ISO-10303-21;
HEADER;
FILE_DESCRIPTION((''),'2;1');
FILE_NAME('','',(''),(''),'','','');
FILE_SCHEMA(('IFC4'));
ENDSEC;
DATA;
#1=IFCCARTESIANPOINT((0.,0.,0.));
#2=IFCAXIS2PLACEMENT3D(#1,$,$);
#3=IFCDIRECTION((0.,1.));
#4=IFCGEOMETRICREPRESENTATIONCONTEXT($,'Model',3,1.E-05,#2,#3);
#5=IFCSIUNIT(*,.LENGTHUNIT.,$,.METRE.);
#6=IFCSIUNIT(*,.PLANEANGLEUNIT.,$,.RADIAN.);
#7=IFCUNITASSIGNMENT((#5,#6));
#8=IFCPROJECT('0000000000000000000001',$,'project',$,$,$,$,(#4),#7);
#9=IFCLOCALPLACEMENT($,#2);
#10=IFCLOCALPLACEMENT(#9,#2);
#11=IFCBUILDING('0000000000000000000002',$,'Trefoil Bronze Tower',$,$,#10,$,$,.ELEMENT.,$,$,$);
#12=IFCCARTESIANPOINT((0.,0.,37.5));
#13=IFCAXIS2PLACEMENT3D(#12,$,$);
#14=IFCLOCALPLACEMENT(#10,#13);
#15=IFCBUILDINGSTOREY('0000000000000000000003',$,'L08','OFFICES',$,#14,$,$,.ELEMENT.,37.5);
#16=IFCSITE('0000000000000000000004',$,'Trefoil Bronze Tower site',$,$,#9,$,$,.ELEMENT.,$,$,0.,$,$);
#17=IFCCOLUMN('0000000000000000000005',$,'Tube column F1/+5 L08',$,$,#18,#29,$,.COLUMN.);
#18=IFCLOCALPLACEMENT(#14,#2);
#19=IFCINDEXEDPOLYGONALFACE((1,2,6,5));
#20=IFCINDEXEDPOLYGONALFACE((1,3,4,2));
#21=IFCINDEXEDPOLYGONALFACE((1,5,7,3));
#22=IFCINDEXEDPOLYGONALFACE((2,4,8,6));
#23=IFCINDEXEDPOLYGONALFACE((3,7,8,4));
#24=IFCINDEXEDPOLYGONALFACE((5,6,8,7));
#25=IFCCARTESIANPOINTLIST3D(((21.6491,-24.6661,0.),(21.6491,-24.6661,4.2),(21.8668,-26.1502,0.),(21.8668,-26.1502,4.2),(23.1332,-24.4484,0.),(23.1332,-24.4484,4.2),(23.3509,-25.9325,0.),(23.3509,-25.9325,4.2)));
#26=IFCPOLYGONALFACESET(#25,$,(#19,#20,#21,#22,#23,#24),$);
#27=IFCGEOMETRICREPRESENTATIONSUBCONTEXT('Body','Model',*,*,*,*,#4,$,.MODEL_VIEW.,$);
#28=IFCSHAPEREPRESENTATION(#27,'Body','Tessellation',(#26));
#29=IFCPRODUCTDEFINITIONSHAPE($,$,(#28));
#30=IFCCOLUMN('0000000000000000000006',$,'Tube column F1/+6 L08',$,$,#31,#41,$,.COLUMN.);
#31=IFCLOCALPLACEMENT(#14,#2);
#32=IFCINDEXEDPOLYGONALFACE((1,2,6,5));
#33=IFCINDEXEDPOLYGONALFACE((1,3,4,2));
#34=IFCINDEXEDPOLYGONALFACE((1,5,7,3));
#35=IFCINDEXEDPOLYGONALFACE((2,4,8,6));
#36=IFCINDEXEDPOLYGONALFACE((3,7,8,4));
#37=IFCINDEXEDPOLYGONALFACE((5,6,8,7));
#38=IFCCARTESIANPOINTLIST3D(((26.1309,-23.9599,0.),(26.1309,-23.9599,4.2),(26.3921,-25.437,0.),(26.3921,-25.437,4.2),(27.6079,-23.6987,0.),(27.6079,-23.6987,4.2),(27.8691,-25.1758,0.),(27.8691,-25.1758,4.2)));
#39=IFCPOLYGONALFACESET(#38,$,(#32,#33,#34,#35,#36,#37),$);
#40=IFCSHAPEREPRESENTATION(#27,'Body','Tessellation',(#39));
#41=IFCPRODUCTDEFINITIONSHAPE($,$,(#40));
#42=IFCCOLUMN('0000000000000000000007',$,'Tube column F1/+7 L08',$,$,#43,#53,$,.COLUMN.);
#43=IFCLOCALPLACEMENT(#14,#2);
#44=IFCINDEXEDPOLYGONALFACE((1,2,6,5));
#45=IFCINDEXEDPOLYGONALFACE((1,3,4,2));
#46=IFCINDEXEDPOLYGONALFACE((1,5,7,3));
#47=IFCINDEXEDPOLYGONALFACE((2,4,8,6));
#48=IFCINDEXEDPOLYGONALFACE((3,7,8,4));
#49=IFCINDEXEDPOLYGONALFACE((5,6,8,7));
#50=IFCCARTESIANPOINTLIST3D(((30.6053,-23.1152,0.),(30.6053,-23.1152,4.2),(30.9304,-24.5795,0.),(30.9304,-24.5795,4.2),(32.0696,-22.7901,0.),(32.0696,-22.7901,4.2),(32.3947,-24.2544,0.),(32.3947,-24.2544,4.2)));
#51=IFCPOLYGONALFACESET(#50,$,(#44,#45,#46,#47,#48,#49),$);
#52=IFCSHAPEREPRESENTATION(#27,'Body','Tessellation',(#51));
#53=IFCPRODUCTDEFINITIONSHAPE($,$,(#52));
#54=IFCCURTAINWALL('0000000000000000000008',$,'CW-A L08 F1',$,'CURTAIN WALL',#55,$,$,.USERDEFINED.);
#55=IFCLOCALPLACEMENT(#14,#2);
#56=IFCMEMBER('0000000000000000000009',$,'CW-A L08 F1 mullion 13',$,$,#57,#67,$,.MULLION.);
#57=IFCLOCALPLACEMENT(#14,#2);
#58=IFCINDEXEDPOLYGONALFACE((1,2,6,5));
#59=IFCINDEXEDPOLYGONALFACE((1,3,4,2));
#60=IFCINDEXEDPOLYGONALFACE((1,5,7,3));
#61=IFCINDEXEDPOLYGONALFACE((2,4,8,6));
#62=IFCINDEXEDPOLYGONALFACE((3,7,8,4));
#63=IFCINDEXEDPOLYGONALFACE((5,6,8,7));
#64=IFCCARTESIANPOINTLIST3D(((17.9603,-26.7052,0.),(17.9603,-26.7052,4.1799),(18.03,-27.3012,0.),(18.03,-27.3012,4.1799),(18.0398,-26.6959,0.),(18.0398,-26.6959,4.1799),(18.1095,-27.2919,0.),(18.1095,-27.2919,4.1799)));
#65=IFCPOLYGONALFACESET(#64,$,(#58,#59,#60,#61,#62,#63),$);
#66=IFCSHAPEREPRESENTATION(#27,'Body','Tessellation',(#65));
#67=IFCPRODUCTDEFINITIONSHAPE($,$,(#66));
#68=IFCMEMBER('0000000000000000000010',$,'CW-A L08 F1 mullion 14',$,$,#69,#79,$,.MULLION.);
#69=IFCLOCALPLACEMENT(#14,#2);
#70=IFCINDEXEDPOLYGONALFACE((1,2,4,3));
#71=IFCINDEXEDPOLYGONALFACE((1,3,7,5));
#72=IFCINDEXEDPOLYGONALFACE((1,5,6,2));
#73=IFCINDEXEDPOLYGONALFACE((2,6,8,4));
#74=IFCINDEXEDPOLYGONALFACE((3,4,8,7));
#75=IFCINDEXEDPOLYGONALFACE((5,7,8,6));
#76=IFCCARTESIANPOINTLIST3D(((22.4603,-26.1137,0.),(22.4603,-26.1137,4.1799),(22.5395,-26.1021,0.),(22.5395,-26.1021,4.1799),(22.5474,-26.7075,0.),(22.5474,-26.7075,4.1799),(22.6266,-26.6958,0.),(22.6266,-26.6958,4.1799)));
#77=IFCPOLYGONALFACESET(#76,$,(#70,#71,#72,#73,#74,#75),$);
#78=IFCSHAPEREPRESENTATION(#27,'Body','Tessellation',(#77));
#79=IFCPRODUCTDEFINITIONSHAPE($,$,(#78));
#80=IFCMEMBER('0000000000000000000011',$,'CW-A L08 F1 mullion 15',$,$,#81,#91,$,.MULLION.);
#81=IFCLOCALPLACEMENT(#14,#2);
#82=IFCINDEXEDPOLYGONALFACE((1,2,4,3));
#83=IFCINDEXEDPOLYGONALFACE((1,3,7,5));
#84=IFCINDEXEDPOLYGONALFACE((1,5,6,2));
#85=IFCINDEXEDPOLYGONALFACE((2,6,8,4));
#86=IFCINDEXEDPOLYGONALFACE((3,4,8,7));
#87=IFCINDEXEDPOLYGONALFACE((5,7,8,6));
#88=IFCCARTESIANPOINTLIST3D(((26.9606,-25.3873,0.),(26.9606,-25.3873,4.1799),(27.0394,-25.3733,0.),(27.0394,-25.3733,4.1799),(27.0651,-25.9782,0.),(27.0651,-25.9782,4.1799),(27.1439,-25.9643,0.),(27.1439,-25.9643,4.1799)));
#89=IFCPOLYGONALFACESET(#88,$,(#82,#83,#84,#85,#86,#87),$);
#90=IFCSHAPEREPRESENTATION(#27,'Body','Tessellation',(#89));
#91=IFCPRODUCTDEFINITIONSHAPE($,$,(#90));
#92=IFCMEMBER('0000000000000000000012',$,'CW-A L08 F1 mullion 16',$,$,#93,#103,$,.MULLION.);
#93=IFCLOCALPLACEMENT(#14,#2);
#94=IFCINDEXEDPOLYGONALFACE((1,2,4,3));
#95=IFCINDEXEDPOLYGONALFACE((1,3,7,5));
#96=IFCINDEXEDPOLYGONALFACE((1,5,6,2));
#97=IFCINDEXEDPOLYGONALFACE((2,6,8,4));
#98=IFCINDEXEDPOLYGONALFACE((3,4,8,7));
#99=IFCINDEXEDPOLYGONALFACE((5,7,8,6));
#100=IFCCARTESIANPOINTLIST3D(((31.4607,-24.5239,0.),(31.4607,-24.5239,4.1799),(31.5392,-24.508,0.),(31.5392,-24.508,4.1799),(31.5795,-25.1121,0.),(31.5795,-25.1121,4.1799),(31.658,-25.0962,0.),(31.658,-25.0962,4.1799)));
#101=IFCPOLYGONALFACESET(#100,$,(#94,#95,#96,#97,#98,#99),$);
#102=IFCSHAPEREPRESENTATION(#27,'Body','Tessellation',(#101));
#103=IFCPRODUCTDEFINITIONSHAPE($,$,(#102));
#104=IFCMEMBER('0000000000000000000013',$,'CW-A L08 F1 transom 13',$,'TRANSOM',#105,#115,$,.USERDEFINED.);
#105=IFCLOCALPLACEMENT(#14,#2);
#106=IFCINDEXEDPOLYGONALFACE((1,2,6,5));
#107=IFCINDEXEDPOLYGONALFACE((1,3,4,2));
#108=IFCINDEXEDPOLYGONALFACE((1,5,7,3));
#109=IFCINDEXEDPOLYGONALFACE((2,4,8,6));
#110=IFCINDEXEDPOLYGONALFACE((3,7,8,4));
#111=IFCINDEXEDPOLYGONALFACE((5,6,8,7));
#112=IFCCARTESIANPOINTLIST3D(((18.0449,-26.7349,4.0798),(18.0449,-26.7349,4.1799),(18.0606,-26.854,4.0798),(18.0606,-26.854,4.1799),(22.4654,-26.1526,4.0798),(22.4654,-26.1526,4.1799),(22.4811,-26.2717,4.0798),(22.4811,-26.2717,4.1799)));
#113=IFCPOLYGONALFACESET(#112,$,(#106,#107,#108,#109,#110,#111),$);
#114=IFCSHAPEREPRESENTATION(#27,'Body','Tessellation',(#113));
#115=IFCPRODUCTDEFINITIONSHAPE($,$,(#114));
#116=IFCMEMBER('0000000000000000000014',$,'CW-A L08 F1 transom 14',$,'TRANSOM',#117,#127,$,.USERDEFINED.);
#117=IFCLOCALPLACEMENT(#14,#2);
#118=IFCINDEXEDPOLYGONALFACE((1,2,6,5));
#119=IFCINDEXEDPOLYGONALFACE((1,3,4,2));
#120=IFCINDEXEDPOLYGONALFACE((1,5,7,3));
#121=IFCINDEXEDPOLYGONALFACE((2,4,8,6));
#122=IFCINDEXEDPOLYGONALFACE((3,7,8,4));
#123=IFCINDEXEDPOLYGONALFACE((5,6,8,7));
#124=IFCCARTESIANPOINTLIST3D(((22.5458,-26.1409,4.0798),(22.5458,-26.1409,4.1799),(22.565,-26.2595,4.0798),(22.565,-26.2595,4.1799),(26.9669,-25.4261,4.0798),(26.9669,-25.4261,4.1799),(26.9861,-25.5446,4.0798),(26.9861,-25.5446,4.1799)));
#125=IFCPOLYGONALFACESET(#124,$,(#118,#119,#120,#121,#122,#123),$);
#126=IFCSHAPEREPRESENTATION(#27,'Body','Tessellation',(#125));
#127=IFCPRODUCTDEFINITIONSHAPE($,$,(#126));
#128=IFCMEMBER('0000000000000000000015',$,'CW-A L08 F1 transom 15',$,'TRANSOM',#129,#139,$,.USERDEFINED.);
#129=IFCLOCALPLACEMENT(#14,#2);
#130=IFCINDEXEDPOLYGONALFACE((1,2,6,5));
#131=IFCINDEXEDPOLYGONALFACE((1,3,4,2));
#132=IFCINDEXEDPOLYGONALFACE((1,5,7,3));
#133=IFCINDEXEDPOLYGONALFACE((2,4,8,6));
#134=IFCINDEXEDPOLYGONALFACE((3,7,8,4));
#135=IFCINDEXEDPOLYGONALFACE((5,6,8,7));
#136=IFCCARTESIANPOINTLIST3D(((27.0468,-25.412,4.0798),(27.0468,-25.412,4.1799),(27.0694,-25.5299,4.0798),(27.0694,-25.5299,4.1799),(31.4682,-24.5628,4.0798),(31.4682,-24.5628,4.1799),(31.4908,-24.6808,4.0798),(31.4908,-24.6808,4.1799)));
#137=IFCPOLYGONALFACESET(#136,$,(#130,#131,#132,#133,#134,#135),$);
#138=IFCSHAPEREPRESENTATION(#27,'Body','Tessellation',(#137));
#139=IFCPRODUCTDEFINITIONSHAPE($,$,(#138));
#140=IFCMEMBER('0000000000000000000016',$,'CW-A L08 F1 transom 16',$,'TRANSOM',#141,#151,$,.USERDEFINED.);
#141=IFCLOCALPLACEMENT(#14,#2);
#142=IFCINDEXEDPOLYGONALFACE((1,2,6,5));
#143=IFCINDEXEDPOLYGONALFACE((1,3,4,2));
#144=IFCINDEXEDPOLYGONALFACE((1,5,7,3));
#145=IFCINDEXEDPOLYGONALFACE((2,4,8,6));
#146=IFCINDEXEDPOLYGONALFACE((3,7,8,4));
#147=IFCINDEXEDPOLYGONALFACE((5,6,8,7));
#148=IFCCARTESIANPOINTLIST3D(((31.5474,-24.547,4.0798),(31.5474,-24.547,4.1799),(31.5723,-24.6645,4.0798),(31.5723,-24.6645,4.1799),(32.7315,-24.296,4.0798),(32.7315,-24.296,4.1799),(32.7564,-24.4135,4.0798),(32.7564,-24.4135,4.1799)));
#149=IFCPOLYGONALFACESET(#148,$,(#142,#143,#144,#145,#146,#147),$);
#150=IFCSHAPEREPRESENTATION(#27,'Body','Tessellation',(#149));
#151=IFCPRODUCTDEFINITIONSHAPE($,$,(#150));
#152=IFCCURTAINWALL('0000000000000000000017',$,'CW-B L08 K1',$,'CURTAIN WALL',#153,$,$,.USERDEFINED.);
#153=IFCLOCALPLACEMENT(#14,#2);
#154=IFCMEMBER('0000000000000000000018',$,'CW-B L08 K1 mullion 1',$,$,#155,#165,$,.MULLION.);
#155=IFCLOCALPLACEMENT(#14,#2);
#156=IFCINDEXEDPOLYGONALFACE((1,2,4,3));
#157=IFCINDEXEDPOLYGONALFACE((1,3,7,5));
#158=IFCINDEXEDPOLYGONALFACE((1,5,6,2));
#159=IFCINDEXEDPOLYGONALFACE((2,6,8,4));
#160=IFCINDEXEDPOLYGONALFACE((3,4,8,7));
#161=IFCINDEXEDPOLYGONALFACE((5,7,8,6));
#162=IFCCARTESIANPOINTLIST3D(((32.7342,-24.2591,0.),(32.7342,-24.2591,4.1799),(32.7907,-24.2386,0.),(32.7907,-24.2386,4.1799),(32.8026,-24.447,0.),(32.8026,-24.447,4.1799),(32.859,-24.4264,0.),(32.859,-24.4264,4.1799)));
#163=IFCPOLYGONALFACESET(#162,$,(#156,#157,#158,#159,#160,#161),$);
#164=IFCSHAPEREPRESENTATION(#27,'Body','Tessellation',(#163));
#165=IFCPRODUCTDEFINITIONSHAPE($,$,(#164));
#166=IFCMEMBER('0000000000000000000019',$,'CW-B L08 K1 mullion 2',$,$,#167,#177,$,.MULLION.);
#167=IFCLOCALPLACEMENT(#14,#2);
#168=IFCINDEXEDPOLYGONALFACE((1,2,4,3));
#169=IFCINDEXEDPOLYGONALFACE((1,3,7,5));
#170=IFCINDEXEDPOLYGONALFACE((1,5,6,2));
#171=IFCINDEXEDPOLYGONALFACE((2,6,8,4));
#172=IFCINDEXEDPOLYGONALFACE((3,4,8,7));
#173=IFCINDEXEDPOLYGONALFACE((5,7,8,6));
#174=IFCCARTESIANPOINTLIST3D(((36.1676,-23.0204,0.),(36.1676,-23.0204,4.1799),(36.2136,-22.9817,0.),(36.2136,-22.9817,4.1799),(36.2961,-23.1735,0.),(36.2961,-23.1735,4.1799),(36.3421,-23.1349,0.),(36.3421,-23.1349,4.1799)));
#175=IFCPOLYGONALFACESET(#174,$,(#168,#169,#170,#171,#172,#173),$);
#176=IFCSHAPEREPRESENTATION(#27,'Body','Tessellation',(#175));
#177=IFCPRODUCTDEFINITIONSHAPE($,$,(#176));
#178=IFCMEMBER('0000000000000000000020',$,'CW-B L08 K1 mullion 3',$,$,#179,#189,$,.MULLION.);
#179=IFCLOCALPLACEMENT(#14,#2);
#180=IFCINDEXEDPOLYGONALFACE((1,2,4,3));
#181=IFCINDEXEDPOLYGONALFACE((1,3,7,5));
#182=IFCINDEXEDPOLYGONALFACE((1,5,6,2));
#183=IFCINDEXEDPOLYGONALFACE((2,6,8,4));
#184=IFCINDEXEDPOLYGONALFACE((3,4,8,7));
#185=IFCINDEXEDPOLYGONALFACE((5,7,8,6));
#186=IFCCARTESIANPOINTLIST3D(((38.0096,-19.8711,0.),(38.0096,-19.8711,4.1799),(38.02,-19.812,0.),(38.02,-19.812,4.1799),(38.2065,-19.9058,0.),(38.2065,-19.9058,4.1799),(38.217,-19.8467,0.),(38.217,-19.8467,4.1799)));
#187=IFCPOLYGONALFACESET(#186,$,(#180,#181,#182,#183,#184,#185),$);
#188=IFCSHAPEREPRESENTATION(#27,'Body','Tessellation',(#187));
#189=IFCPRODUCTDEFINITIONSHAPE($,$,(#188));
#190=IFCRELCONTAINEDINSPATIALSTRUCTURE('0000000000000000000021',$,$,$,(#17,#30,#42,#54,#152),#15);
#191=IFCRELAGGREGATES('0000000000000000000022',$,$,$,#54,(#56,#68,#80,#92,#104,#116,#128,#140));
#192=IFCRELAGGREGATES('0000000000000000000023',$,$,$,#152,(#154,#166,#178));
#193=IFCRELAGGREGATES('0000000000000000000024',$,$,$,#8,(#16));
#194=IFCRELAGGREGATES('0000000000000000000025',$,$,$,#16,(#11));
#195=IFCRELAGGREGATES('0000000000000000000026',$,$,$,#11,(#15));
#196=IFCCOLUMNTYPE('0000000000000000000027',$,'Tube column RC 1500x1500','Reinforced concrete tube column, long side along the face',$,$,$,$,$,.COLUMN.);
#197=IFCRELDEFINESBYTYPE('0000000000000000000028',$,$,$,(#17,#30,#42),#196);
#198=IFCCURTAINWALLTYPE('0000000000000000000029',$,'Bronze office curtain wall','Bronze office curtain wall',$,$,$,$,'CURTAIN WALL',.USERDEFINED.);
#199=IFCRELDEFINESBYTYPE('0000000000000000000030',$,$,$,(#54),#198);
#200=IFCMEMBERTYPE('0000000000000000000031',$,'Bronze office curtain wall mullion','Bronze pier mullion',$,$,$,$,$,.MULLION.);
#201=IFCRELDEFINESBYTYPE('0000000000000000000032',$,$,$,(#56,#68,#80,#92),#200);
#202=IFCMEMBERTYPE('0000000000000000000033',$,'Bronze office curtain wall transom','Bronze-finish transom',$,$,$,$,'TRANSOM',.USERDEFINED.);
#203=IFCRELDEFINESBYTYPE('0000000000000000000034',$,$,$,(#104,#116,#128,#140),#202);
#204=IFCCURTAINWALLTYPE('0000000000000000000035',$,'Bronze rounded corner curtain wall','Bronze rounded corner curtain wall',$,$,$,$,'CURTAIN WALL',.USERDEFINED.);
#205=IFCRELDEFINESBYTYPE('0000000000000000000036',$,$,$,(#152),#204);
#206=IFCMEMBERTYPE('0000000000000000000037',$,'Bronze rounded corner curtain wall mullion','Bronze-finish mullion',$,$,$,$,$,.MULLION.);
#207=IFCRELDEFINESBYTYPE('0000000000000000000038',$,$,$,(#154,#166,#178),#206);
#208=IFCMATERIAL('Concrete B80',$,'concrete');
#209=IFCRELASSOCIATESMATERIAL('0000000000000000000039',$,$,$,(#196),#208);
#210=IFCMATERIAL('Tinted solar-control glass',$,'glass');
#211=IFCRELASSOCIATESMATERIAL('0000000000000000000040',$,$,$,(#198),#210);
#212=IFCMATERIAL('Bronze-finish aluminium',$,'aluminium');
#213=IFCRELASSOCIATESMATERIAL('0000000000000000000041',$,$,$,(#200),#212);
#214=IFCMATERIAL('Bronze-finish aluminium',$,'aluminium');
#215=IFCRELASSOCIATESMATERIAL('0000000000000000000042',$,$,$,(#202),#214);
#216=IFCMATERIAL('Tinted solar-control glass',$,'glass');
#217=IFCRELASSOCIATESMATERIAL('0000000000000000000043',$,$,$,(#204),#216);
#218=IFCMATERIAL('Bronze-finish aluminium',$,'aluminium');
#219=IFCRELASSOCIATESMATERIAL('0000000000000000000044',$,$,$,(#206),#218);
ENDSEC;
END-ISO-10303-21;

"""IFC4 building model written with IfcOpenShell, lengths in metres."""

from ifc_helpers import new_model, si_unit, direction, frame, origin, origin_2d, place, context, subcontext, project, spatial, rectangle, extrude, material, material_profile, profile_set, type_object, element, aggregate, save


model = new_model("IFC4")

# Units and contexts
model_context = context("Model", 3, precision=1e-05, world=origin(), true_north=direction((0.0, 1.0)))
body_context = subcontext(model_context, "Body", "Model", "MODEL_VIEW")
ifc_project = project(units=[si_unit("LENGTHUNIT", "METRE"), si_unit("PLANEANGLEUNIT", "RADIAN")], contexts=[model_context])

# Site, building, storey
site_placement = place(None, origin())
site = spatial("IfcSite", under=ifc_project, at=site_placement, Name="Trefoil Bronze Tower site", CompositionType="ELEMENT", RefElevation=0.0)
building_placement = place(site_placement, origin())
building = spatial("IfcBuilding", under=site, at=building_placement, Name="Trefoil Bronze Tower", CompositionType="ELEMENT")
storey_placement = place(building_placement, frame((0.0, 0.0, 37.5)))
storey = spatial("IfcBuildingStorey", under=building, at=storey_placement, Name="L08", Description="OFFICES", CompositionType="ELEMENT", Elevation=37.5)

# Columns
ifc_material_1 = material(Name="Concrete B80", Category="concrete")
ifc_material_profile_1 = material_profile(ifc_material_1, rectangle(XDim=1.5, YDim=1.5, at=origin_2d()), Name="RC 1500x1500")
ifc_profile_set_1 = profile_set([ifc_material_profile_1], Name="Concrete B80")
column_type = type_object("IfcColumnType", Name="Tube column RC 1500x1500", Description="Reinforced concrete tube column, long side along the face", PredefinedType="COLUMN", material=ifc_profile_set_1)
for number, where, z_axis, x_axis, name in (
    (1, (22.5, -25.2993, 0.0), (0.0, 0.0, 1.0), (0.989416, 0.145109, 0.0), "Tube column F1/+5 L08"),
    (2, (27.0, -24.5679, 0.0), (0.0, 0.0, 1.0), (0.984722, 0.174131, 0.0), "Tube column F1/+6 L08"),
    (3, (31.5, -23.6848, 0.0), (0.0, 0.0, 1.0), (0.97623, 0.216739, 0.0), "Tube column F1/+7 L08"),
):
    element("IfcColumn", number, at=place(storey_placement, frame(where, z_axis=z_axis, x_axis=x_axis)), inside=storey, type_object=column_type, Name=name, PredefinedType="COLUMN", context=body_context, shape_type="SweptSolid", body=[
        extrude(rectangle(XDim=1.5, YDim=1.5, at=origin_2d()), origin(), (0.0, 0.0, 1.0), 4.2),
    ])

# Curtain walls, members
ifc_material_2 = material(Name="Tinted solar-control glass", Category="glass")
curtain_wall_type_1 = type_object("IfcCurtainWallType", Name="Bronze office curtain wall", Description="Bronze office curtain wall", ElementType="CURTAIN WALL", PredefinedType="USERDEFINED", material=ifc_material_2)
curtain_wall_1_placement = place(storey_placement, origin())
curtain_wall_1 = element("IfcCurtainWall", 4, at=curtain_wall_1_placement, inside=storey, type_object=curtain_wall_type_1, Name="CW-A L08 F1", ObjectType="CURTAIN WALL", PredefinedType="USERDEFINED")
ifc_material_3 = material(Name="Bronze-finish aluminium", Category="aluminium")
ifc_material_profile_2 = material_profile(ifc_material_3, rectangle(XDim=0.6001, YDim=0.0801, at=origin_2d()), Name="CW-A mullion")
ifc_profile_set_2 = profile_set([ifc_material_profile_2], Name="Bronze-finish aluminium")
member_type_1 = type_object("IfcMemberType", Name="Bronze office curtain wall mullion", Description="Bronze pier mullion", PredefinedType="MULLION", material=ifc_profile_set_2)
member_1_placement = place(storey_placement, frame((18.0349, -26.9985, 0.0), z_axis=(0.0, 0.0, 1.0), x_axis=(-0.116087, 0.993239, 0.0)))
member_1 = element("IfcMember", 5, at=member_1_placement, type_object=member_type_1, Name="CW-A L08 F1 mullion 13", PredefinedType="MULLION", context=body_context, shape_type="SweptSolid", body=[
    extrude(rectangle(XDim=0.6001, YDim=0.0801, at=origin_2d()), origin(), (0.0, 0.0, 1.0), 4.1799),
])
member_2_placement = place(storey_placement, frame((22.5435, -26.4048, 0.0), z_axis=(0.0, 0.0, 1.0), x_axis=(-0.145109, 0.989416, 0.0)))
member_2 = element("IfcMember", 6, at=member_2_placement, type_object=member_type_1, Name="CW-A L08 F1 mullion 14", PredefinedType="MULLION", context=body_context, shape_type="SweptSolid", body=[
    extrude(rectangle(XDim=0.6001, YDim=0.0801, at=origin_2d()), origin(), (0.0, 0.0, 1.0), 4.1799),
])
member_3_placement = place(storey_placement, frame((27.0522, -25.6758, 0.0), z_axis=(0.0, 0.0, 1.0), x_axis=(-0.174131, 0.984722, 0.0)))
member_3 = element("IfcMember", 7, at=member_3_placement, type_object=member_type_1, Name="CW-A L08 F1 mullion 15", PredefinedType="MULLION", context=body_context, shape_type="SweptSolid", body=[
    extrude(rectangle(XDim=0.6001, YDim=0.0801, at=origin_2d()), origin(), (0.0, 0.0, 1.0), 4.1799),
])
member_4_placement = place(storey_placement, frame((31.5593, -24.8101, 0.0), z_axis=(0.0, 0.0, 1.0), x_axis=(-0.19791, 0.98022, 0.0)))
member_4 = element("IfcMember", 8, at=member_4_placement, type_object=member_type_1, Name="CW-A L08 F1 mullion 16", PredefinedType="MULLION", context=body_context, shape_type="SweptSolid", body=[
    extrude(rectangle(XDim=0.6001, YDim=0.0801, at=origin_2d()), origin(), (0.0, 0.0, 1.0), 4.1799),
])
ifc_material_4 = material(Name="Bronze-finish aluminium", Category="aluminium")
ifc_material_profile_3 = material_profile(ifc_material_4, rectangle(XDim=0.1201, YDim=0.1001, at=origin_2d()), Name="CW-A transom")
ifc_profile_set_3 = profile_set([ifc_material_profile_3], Name="Bronze-finish aluminium")
member_type_2 = type_object("IfcMemberType", Name="Bronze office curtain wall transom", Description="Bronze-finish transom", ElementType="TRANSOM", PredefinedType="USERDEFINED", material=ifc_profile_set_3)
member_5_placement = place(storey_placement, frame((18.0527, -26.7944, 4.1299), z_axis=(0.991437, 0.130589, 0.0), x_axis=(-0.130589, 0.991437, 0.0)))
member_5 = element("IfcMember", 9, at=member_5_placement, type_object=member_type_2, Name="CW-A L08 F1 transom 13", ObjectType="TRANSOM", PredefinedType="USERDEFINED", context=body_context, shape_type="SweptSolid", body=[
    extrude(rectangle(XDim=0.1201, YDim=0.1001, at=origin_2d()), origin(), (0.0, 0.0, 1.0), 4.4587),
])
member_6_placement = place(storey_placement, frame((22.5554, -26.2002, 4.1299), z_axis=(0.987179, 0.159615, 0.0), x_axis=(-0.159615, 0.987179, 0.0)))
member_6 = element("IfcMember", 10, at=member_6_placement, type_object=member_type_2, Name="CW-A L08 F1 transom 14", ObjectType="TRANSOM", PredefinedType="USERDEFINED", context=body_context, shape_type="SweptSolid", body=[
    extrude(rectangle(XDim=0.1201, YDim=0.1001, at=origin_2d()), origin(), (0.0, 0.0, 1.0), 4.4785),
])
member_7_placement = place(storey_placement, frame((27.0581, -25.4709, 4.1299), z_axis=(0.982054, 0.188602, 0.0), x_axis=(-0.188602, 0.982054, 0.0)))
member_7 = element("IfcMember", 11, at=member_7_placement, type_object=member_type_2, Name="CW-A L08 F1 transom 15", ObjectType="TRANSOM", PredefinedType="USERDEFINED", context=body_context, shape_type="SweptSolid", body=[
    extrude(rectangle(XDim=0.1201, YDim=0.1001, at=origin_2d()), origin(), (0.0, 0.0, 1.0), 4.5022),
])
member_8_placement = place(storey_placement, frame((31.5598, -24.6057, 4.1299), z_axis=(0.978266, 0.207352, 0.0), x_axis=(-0.207352, 0.978266, 0.0)))
member_8 = element("IfcMember", 12, at=member_8_placement, type_object=member_type_2, Name="CW-A L08 F1 transom 16", ObjectType="TRANSOM", PredefinedType="USERDEFINED", context=body_context, shape_type="SweptSolid", body=[
    extrude(rectangle(XDim=0.1201, YDim=0.1001, at=origin_2d()), origin(), (0.0, 0.0, 1.0), 1.2104),
])
ifc_material_5 = material(Name="Tinted solar-control glass", Category="glass")
curtain_wall_type_2 = type_object("IfcCurtainWallType", Name="Bronze rounded corner curtain wall", Description="Bronze rounded corner curtain wall", ElementType="CURTAIN WALL", PredefinedType="USERDEFINED", material=ifc_material_5)
curtain_wall_2_placement = place(storey_placement, origin())
curtain_wall_2 = element("IfcCurtainWall", 13, at=curtain_wall_2_placement, inside=storey, type_object=curtain_wall_type_2, Name="CW-B L08 K1", ObjectType="CURTAIN WALL", PredefinedType="USERDEFINED")
ifc_material_6 = material(Name="Bronze-finish aluminium", Category="aluminium")
ifc_material_profile_4 = material_profile(ifc_material_6, rectangle(XDim=0.2, YDim=0.0601, at=origin_2d()), Name="CW-B mullion")
ifc_profile_set_4 = profile_set([ifc_material_profile_4], Name="Bronze-finish aluminium")
member_type_3 = type_object("IfcMemberType", Name="Bronze rounded corner curtain wall mullion", Description="Bronze-finish mullion", PredefinedType="MULLION", material=ifc_profile_set_4)
member_9_placement = place(storey_placement, frame((32.7966, -24.3428, 0.0), z_axis=(0.0, 0.0, 1.0), x_axis=(-0.34202, 0.939693, 0.0)))
member_9 = element("IfcMember", 14, at=member_9_placement, type_object=member_type_3, Name="CW-B L08 K1 mullion 1", PredefinedType="MULLION", context=body_context, shape_type="SweptSolid", body=[
    extrude(rectangle(XDim=0.2, YDim=0.0601, at=origin_2d()), origin(), (0.0, 0.0, 1.0), 4.1799),
])
member_10_placement = place(storey_placement, frame((36.2549, -23.0776, 0.0), z_axis=(0.0, 0.0, 1.0), x_axis=(-0.642788, 0.766044, 0.0)))
member_10 = element("IfcMember", 15, at=member_10_placement, type_object=member_type_3, Name="CW-B L08 K1 mullion 2", PredefinedType="MULLION", context=body_context, shape_type="SweptSolid", body=[
    extrude(rectangle(XDim=0.2, YDim=0.0601, at=origin_2d()), origin(), (0.0, 0.0, 1.0), 4.1799),
])
member_11_placement = place(storey_placement, frame((38.1133, -19.8589, 0.0), z_axis=(0.0, 0.0, 1.0), x_axis=(-0.984808, 0.173648, 0.0)))
member_11 = element("IfcMember", 16, at=member_11_placement, type_object=member_type_3, Name="CW-B L08 K1 mullion 3", PredefinedType="MULLION", context=body_context, shape_type="SweptSolid", body=[
    extrude(rectangle(XDim=0.2, YDim=0.0601, at=origin_2d()), origin(), (0.0, 0.0, 1.0), 4.1799),
])

aggregate(curtain_wall_1, [member_1, member_2, member_3, member_4, member_5, member_6, member_7, member_8])
aggregate(curtain_wall_2, [member_9, member_10, member_11])

save(model, "model.ifc")
